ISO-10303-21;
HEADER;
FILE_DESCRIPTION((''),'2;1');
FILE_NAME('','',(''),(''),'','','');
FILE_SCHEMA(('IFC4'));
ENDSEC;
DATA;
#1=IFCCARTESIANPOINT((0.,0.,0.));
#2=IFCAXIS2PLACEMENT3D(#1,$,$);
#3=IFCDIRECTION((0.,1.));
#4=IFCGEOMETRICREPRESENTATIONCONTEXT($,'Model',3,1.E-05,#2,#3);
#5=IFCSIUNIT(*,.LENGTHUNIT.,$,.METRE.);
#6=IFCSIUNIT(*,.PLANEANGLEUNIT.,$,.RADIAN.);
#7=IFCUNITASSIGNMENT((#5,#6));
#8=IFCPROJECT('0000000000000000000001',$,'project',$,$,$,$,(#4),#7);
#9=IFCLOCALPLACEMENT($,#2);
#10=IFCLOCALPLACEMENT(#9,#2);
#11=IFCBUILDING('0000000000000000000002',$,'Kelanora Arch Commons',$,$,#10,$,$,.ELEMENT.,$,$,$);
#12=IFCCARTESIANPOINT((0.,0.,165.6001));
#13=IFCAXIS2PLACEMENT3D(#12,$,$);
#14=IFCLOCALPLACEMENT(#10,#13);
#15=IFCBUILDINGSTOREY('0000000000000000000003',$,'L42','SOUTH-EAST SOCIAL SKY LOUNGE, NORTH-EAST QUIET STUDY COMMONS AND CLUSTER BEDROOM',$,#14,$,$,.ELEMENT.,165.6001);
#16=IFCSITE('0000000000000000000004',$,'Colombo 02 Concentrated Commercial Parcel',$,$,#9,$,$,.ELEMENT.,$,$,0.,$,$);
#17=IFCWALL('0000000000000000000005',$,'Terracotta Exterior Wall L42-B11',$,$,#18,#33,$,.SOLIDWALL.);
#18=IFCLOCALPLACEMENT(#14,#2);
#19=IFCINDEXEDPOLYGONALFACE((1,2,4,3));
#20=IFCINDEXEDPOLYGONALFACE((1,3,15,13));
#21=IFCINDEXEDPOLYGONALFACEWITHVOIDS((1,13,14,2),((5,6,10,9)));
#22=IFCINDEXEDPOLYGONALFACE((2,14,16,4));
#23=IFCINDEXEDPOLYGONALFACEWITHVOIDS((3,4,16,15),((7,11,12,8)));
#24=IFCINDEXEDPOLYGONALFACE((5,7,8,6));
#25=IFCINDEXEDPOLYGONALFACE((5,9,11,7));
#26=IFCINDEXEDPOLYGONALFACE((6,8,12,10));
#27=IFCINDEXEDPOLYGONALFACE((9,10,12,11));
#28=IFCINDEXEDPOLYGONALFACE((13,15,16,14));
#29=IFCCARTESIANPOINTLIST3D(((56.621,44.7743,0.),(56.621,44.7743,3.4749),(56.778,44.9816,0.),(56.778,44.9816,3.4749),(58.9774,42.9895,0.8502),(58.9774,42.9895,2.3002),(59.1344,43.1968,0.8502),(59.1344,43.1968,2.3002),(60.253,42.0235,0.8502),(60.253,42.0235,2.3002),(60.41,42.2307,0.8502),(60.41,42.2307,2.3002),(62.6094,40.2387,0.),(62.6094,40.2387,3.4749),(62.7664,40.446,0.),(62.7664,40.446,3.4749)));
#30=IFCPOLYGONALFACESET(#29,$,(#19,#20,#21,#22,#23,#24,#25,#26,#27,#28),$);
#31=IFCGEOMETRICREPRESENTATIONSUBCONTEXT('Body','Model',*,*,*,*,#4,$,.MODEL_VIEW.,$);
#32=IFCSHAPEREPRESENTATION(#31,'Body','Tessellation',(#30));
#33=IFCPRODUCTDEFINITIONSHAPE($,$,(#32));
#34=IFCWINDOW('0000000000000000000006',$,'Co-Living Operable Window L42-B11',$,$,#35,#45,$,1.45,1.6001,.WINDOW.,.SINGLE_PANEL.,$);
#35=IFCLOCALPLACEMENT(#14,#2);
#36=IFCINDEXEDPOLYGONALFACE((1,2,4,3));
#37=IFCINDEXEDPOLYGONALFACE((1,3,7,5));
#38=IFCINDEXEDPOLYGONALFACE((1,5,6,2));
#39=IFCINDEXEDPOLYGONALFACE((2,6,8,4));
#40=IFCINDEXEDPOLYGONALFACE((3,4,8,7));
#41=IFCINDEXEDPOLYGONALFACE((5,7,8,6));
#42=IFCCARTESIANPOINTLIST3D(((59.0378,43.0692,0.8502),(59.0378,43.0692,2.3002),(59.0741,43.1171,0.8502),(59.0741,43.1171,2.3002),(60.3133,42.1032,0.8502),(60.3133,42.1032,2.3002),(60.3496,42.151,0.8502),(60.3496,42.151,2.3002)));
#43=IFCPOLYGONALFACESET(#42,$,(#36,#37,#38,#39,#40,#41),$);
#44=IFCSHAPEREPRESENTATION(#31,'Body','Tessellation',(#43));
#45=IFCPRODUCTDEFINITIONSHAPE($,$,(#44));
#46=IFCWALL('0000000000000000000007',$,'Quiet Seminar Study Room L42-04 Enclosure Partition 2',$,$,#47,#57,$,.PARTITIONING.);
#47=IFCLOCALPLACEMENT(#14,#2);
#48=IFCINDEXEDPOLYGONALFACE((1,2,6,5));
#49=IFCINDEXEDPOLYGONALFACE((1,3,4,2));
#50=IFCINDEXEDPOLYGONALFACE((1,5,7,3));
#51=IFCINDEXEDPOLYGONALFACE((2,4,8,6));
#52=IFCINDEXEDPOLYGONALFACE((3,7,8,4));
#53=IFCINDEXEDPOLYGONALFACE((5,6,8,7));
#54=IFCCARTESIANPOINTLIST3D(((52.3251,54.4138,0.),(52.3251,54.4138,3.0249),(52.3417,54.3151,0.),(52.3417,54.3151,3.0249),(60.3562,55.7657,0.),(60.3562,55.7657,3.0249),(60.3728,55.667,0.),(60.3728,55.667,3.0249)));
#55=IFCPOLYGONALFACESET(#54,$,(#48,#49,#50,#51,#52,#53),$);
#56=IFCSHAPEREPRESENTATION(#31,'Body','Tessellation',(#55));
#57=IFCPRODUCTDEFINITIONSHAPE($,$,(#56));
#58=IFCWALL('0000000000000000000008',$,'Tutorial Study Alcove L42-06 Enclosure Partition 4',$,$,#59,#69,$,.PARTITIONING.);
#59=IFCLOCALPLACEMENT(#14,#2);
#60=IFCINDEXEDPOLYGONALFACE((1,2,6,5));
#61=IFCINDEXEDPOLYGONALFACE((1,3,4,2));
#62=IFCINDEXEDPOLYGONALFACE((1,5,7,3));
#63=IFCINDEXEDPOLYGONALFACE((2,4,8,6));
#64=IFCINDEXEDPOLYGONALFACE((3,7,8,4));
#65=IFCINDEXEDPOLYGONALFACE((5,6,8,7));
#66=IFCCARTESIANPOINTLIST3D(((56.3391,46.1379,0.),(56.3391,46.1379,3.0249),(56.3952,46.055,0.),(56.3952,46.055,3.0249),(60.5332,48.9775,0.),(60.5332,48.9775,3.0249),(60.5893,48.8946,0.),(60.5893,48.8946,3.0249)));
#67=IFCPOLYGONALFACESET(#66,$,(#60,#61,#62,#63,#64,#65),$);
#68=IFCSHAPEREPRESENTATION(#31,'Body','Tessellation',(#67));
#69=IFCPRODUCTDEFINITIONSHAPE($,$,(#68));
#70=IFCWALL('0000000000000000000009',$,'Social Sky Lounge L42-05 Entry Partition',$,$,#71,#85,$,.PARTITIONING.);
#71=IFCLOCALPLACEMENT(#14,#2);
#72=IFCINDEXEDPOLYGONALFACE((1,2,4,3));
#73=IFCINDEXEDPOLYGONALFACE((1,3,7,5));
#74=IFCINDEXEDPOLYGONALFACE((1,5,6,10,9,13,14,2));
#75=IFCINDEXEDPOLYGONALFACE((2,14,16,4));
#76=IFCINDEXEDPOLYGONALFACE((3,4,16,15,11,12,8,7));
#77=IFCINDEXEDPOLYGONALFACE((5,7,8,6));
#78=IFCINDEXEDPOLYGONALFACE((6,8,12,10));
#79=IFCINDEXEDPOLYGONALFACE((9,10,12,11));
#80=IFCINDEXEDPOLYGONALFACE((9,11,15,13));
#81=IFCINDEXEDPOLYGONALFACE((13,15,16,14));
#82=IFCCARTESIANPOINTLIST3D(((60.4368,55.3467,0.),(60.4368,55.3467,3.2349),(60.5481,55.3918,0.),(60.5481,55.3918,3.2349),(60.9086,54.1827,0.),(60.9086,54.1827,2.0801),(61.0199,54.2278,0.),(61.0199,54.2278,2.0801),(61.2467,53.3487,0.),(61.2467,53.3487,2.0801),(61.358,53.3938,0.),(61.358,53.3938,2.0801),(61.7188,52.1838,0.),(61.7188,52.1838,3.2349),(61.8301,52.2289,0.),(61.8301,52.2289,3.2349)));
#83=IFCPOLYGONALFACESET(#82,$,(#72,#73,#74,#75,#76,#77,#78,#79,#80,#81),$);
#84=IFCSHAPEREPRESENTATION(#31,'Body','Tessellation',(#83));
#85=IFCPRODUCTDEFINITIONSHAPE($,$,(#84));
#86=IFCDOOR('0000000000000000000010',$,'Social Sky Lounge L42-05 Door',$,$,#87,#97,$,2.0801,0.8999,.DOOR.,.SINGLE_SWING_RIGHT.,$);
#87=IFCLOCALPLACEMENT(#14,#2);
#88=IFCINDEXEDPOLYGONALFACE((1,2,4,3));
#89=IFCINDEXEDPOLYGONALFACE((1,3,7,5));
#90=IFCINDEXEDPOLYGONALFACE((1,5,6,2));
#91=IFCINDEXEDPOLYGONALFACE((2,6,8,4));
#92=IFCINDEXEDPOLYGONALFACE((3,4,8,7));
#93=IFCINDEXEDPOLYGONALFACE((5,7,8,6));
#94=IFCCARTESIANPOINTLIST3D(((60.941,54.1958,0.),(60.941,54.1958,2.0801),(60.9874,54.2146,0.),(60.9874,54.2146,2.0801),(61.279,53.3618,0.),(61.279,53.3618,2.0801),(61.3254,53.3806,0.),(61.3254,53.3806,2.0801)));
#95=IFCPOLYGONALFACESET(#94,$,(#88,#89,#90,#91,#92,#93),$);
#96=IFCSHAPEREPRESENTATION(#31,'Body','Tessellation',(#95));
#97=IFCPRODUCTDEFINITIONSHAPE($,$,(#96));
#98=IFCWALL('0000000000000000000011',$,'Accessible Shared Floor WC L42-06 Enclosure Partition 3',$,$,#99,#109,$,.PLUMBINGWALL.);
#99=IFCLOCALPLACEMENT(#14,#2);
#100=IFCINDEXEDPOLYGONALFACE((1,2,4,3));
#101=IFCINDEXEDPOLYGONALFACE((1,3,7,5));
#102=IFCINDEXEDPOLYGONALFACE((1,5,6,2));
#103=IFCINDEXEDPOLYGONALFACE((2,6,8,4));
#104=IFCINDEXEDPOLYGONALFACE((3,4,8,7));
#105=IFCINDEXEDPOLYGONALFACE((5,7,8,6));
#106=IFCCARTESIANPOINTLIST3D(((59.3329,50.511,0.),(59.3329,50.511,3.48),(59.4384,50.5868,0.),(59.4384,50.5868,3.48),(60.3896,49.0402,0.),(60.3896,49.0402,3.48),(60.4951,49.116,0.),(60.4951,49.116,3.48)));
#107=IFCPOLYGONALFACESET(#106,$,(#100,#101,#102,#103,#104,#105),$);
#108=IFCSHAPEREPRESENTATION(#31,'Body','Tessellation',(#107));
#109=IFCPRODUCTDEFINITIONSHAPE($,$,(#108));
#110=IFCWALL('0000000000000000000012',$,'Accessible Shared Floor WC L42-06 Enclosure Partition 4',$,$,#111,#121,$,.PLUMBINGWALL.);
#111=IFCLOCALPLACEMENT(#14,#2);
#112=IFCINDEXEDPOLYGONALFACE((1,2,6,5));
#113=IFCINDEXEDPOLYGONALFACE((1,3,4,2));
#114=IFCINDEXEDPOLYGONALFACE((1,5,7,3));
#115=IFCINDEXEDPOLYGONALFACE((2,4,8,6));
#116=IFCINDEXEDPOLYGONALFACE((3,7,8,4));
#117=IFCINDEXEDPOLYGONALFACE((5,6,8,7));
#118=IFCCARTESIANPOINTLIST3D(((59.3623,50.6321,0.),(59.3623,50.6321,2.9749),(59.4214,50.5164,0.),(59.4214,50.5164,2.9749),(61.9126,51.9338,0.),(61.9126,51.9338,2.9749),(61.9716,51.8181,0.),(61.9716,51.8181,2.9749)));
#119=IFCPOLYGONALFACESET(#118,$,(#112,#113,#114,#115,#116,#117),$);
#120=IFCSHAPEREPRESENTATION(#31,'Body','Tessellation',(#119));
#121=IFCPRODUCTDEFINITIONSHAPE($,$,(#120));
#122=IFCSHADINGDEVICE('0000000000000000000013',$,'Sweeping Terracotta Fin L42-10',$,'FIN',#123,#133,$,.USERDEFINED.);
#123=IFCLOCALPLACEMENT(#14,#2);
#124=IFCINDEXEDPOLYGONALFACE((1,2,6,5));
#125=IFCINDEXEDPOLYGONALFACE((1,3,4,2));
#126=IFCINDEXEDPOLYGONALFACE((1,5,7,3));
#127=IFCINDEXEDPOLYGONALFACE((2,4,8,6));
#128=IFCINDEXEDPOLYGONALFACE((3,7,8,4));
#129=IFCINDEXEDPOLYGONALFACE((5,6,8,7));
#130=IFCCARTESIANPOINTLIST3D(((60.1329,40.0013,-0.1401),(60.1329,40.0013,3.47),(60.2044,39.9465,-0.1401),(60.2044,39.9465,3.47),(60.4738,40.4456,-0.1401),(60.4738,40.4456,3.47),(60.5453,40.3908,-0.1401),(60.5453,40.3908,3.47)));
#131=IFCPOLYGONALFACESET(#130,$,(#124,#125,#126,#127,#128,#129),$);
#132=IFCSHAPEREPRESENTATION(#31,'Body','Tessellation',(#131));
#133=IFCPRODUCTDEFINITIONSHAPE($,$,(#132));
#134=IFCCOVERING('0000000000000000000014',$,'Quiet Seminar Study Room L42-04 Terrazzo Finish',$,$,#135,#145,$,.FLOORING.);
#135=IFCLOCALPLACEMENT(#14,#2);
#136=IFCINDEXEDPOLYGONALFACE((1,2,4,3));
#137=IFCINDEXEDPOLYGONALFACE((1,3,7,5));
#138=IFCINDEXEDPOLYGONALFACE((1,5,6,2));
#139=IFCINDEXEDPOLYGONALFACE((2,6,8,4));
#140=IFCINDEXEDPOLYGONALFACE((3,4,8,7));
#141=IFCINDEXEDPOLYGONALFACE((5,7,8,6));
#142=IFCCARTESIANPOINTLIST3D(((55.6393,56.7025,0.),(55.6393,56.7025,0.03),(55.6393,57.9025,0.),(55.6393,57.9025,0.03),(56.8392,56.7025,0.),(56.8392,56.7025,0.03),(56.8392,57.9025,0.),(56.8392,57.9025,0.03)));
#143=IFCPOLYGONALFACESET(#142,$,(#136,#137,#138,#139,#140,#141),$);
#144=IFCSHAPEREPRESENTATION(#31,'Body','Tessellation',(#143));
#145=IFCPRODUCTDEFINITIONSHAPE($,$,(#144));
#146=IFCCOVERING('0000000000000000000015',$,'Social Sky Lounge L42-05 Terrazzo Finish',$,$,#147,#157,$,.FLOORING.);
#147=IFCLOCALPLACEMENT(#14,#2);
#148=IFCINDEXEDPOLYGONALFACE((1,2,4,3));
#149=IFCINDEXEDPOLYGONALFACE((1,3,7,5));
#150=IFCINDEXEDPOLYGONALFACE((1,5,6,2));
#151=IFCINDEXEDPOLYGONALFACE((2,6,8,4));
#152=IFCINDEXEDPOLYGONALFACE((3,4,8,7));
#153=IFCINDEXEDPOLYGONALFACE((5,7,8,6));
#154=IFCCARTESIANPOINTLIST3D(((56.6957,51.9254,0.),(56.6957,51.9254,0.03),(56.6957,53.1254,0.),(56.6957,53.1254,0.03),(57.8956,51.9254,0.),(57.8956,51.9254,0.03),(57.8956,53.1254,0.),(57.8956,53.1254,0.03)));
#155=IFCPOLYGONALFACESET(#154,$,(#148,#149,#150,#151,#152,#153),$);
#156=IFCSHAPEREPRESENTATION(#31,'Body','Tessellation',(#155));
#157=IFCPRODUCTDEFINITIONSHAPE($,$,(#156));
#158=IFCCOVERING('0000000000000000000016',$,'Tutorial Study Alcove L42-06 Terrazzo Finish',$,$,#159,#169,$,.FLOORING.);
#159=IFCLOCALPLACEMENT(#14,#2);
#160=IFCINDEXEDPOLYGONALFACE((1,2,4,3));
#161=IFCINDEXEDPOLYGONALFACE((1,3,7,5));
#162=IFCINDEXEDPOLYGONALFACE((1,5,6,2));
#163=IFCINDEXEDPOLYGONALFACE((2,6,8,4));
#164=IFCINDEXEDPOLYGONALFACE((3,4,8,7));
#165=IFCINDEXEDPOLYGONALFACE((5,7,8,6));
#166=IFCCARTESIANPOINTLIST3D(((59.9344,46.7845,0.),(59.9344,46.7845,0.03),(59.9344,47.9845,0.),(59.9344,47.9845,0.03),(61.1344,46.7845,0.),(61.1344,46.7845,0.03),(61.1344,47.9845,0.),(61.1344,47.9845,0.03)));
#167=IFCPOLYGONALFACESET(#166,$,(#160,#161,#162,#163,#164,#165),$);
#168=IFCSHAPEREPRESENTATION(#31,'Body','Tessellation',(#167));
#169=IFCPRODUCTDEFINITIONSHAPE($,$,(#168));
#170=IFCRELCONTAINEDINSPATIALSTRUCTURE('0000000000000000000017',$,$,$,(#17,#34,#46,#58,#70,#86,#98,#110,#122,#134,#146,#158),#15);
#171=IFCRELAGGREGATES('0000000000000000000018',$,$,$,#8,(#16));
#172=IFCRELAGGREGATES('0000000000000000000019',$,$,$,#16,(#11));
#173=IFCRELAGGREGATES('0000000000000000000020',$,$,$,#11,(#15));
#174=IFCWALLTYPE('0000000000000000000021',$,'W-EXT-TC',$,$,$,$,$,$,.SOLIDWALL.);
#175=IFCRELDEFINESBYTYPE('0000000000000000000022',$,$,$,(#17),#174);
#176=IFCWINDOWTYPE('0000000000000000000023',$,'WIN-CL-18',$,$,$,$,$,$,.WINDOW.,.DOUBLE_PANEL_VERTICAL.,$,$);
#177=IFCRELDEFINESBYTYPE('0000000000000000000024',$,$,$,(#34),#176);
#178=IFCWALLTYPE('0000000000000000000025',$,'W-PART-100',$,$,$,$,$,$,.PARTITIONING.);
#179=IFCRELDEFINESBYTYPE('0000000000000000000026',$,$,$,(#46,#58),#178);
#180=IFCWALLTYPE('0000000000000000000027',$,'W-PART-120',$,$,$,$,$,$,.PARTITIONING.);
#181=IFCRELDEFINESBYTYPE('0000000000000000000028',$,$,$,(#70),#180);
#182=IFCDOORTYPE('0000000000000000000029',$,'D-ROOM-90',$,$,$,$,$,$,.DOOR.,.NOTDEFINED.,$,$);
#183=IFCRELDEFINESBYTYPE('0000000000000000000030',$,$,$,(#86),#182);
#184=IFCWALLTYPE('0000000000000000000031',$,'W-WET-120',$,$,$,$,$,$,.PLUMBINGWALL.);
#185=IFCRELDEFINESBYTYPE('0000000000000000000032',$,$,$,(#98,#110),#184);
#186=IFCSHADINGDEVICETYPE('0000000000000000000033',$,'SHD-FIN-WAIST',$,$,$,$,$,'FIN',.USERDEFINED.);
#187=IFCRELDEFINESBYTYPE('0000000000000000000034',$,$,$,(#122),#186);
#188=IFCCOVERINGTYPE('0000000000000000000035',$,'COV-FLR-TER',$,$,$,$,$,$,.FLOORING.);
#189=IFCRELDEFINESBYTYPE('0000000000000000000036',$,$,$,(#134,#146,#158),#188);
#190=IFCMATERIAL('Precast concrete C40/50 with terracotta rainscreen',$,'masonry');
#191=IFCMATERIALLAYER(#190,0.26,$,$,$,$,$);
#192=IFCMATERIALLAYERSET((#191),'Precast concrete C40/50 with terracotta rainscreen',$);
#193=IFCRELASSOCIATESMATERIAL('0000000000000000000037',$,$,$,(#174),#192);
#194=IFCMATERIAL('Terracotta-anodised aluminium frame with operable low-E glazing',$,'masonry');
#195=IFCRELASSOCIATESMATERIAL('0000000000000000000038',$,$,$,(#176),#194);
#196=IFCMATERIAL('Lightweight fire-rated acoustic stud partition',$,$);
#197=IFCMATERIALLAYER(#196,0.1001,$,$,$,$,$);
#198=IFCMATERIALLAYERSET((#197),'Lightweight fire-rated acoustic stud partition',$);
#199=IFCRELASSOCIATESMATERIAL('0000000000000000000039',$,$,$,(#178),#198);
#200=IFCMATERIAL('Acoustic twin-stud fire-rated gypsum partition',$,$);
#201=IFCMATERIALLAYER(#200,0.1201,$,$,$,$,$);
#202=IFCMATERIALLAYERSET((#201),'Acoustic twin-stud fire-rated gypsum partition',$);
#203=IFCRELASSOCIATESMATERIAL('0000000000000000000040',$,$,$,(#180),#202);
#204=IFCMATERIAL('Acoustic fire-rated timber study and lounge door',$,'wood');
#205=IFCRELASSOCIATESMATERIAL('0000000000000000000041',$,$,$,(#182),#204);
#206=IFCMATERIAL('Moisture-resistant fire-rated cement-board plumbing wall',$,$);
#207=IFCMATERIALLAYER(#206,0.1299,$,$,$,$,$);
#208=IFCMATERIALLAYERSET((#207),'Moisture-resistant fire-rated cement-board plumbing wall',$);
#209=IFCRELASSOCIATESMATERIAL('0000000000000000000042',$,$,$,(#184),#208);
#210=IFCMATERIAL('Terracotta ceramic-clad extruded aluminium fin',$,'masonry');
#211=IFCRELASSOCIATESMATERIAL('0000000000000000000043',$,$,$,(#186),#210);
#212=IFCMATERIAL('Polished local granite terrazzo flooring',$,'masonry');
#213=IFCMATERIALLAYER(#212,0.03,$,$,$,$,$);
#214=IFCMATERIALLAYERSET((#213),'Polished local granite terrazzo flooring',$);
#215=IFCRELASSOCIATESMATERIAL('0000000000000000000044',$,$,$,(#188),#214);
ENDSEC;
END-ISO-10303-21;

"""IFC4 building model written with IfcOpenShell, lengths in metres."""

from ifc_helpers import new_model, si_unit, direction, frame, frame_2d, origin, origin_2d, place, context, subcontext, project, spatial, rectangle, extrude, source, transform, mapped, material, layer, layer_set, type_object, element, fill, save


model = new_model("IFC4")

# Units and contexts
model_context = context("Model", 3, precision=1e-05, world=origin(), true_north=direction((0.0, 1.0)))
body_context = subcontext(model_context, "Body", "Model", "MODEL_VIEW")
ifc_project = project(units=[si_unit("LENGTHUNIT", "METRE"), si_unit("PLANEANGLEUNIT", "RADIAN")], contexts=[model_context])

# Site, building, storey
site_placement = place(None, origin())
site = spatial("IfcSite", under=ifc_project, at=site_placement, Name="Colombo 02 Concentrated Commercial Parcel", CompositionType="ELEMENT", RefElevation=0.0)
building_placement = place(site_placement, origin())
building = spatial("IfcBuilding", under=site, at=building_placement, Name="Kelanora Arch Commons", CompositionType="ELEMENT")
storey_placement = place(building_placement, frame((0.0, 0.0, 165.6001)))
storey = spatial("IfcBuildingStorey", under=building, at=storey_placement, Name="L42", Description="SOUTH-EAST SOCIAL SKY LOUNGE, NORTH-EAST QUIET STUDY COMMONS AND CLUSTER BEDROOM", CompositionType="ELEMENT", Elevation=165.6001)

# Wall, opening, window
ifc_material_1 = material(Name="Precast concrete C40/50 with terracotta rainscreen", Category="masonry")
ifc_layer_1 = layer(ifc_material_1, 0.26)
ifc_layer_set_1 = layer_set([ifc_layer_1], Name="Precast concrete C40/50 with terracotta rainscreen")
wall_type_1 = type_object("IfcWallType", Name="W-EXT-TC", PredefinedType="SOLIDWALL", material=ifc_layer_set_1)
wall_1_placement = place(storey_placement, frame((56.6995, 44.8779, 0.0), z_axis=(0.0, 0.0, 1.0), x_axis=(0.797164, -0.603763, 0.0)))
wall_1 = element("IfcWall", 1, at=wall_1_placement, inside=storey, type_object=wall_type_1, Name="Terracotta Exterior Wall L42-B11", PredefinedType="SOLIDWALL", context=body_context, shape_type="SweptSolid", body=[
    extrude(rectangle(XDim=7.5122, YDim=0.26, at=frame_2d((3.7561, 0.0))), origin(), (0.0, 0.0, 1.0), 3.4749),
])
opening_1_placement = place(wall_1_placement, frame((2.9561, 0.0, 0.8501)))
opening_1 = element("IfcOpeningElement", 2, at=opening_1_placement, cuts=wall_1, PredefinedType="OPENING", context=body_context, shape_type="SweptSolid", body=[
    extrude(rectangle(XDim=1.6001, YDim=1.45, at=frame_2d((0.8, 0.7251))), frame((0.0, 0.1401, 0.0), z_axis=(0.0, -1.0, 0.0), x_axis=(1.0, 0.0, 0.0)), (0.0, 0.0, 1.0), 0.28),
])
ifc_material_2 = material(Name="Terracotta-anodised aluminium frame with operable low-E glazing", Category="masonry")
window_type = type_object("IfcWindowType", Name="WIN-CL-18", PartitioningType="DOUBLE_PANEL_VERTICAL", PredefinedType="WINDOW", material=ifc_material_2)
window_placement = place(opening_1_placement, origin())
window = element("IfcWindow", 3, at=window_placement, inside=storey, type_object=window_type, Name="Co-Living Operable Window L42-B11", OverallHeight=1.45, OverallWidth=1.6001, PartitioningType="SINGLE_PANEL", PredefinedType="WINDOW", context=body_context, shape_type="SweptSolid", body=[
    extrude(rectangle(XDim=1.6001, YDim=1.45, at=frame_2d((0.8, 0.7251))), frame((0.0, 0.03, 0.0), z_axis=(0.0, -1.0, 0.0), x_axis=(1.0, 0.0, 0.0)), (0.0, 0.0, 1.0), 0.0601),
])
fill(opening_1, window)

# Walls
ifc_material_3 = material(Name="Lightweight fire-rated acoustic stud partition")
ifc_layer_2 = layer(ifc_material_3, 0.1001)
ifc_layer_set_2 = layer_set([ifc_layer_2], Name="Lightweight fire-rated acoustic stud partition")
wall_type_2 = type_object("IfcWallType", Name="W-PART-100", PredefinedType="PARTITIONING", material=ifc_layer_set_2)
wall_2_placement = place(storey_placement, frame((60.3645, 55.7163, 0.0), z_axis=(0.0, 0.0, 1.0), x_axis=(-0.986128, -0.165988, 0.0)))
element("IfcWall", 4, at=wall_2_placement, inside=storey, type_object=wall_type_2, Name="Quiet Seminar Study Room L42-04 Enclosure Partition 2", PredefinedType="PARTITIONING", context=body_context, shape_type="SweptSolid", body=[
    extrude(rectangle(XDim=8.144, YDim=0.1001, at=frame_2d((4.072, 0.0))), origin(), (0.0, 0.0, 1.0), 3.0249),
])
wall_3_placement = place(storey_placement, frame((56.3672, 46.0964, 0.0), z_axis=(0.0, 0.0, 1.0), x_axis=(0.828062, 0.560637, 0.0)))
element("IfcWall", 5, at=wall_3_placement, inside=storey, type_object=wall_type_2, Name="Tutorial Study Alcove L42-06 Enclosure Partition 4", PredefinedType="PARTITIONING", context=body_context, shape_type="SweptSolid", body=[
    extrude(rectangle(XDim=5.0649, YDim=0.1001, at=frame_2d((2.5325, 0.0))), origin(), (0.0, 0.0, 1.0), 3.0249),
])

# Wall, opening, door
ifc_material_4 = material(Name="Acoustic twin-stud fire-rated gypsum partition")
ifc_layer_3 = layer(ifc_material_4, 0.1201)
ifc_layer_set_3 = layer_set([ifc_layer_3], Name="Acoustic twin-stud fire-rated gypsum partition")
wall_type_3 = type_object("IfcWallType", Name="W-PART-120", PredefinedType="PARTITIONING", material=ifc_layer_set_3)
wall_4_placement = place(storey_placement, frame((60.4924, 55.3694, 0.0), z_axis=(0.0, 0.0, 1.0), x_axis=(0.375642, -0.926765, 0.0)))
wall_4 = element("IfcWall", 6, at=wall_4_placement, inside=storey, type_object=wall_type_3, Name="Social Sky Lounge L42-05 Entry Partition", PredefinedType="PARTITIONING", context=body_context, shape_type="SweptSolid", body=[
    extrude(rectangle(XDim=3.4128, YDim=0.1201, at=frame_2d((1.7065, 0.0))), origin(), (0.0, 0.0, 1.0), 3.2349),
])
opening_2_placement = place(wall_4_placement, frame((1.2561, 0.0, 0.0)))
opening_2 = element("IfcOpeningElement", 7, at=opening_2_placement, cuts=wall_4, PredefinedType="OPENING", context=body_context, shape_type="SweptSolid", body=[
    extrude(rectangle(XDim=0.8999, YDim=2.0801, at=frame_2d((0.45, 1.04))), frame((0.0, 0.0701, 0.0), z_axis=(0.0, -1.0, 0.0), x_axis=(1.0, 0.0, 0.0)), (0.0, 0.0, 1.0), 0.1401),
])
ifc_material_5 = material(Name="Acoustic fire-rated timber study and lounge door", Category="wood")
door_type = type_object("IfcDoorType", Name="D-ROOM-90", OperationType="NOTDEFINED", PredefinedType="DOOR", material=ifc_material_5)
door_placement = place(opening_2_placement, origin())
door = element("IfcDoor", 8, at=door_placement, inside=storey, type_object=door_type, Name="Social Sky Lounge L42-05 Door", OperationType="SINGLE_SWING_RIGHT", OverallHeight=2.0801, OverallWidth=0.8999, PredefinedType="DOOR", context=body_context, shape_type="SweptSolid", body=[
    extrude(rectangle(XDim=0.8999, YDim=2.0801, at=frame_2d((0.45, 1.04))), frame((0.0, 0.0249, 0.0), z_axis=(0.0, -1.0, 0.0), x_axis=(1.0, 0.0, 0.0)), (0.0, 0.0, 1.0), 0.05),
])
fill(opening_2, door)

# Walls
ifc_material_6 = material(Name="Moisture-resistant fire-rated cement-board plumbing wall")
ifc_layer_4 = layer(ifc_material_6, 0.1299)
ifc_layer_set_4 = layer_set([ifc_layer_4], Name="Moisture-resistant fire-rated cement-board plumbing wall")
wall_type_4 = type_object("IfcWallType", Name="W-WET-120", PredefinedType="PLUMBINGWALL", material=ifc_layer_set_4)
wall_5_placement = place(storey_placement, frame((60.4424, 49.0781, 0.0), z_axis=(0.0, 0.0, 1.0), x_axis=(-0.58348, 0.812127, 0.0)))
element("IfcWall", 9, at=wall_5_placement, inside=storey, type_object=wall_type_4, Name="Accessible Shared Floor WC L42-06 Enclosure Partition 3", PredefinedType="PLUMBINGWALL", context=body_context, shape_type="SweptSolid", body=[
    extrude(rectangle(XDim=1.811, YDim=0.1299, at=frame_2d((0.9055, 0.0))), origin(), (0.0, 0.0, 1.0), 3.48),
])
wall_6_placement = place(storey_placement, frame((59.3918, 50.5742, 0.0), z_axis=(0.0, 0.0, 1.0), x_axis=(0.890679, 0.454633, 0.0)))
element("IfcWall", 10, at=wall_6_placement, inside=storey, type_object=wall_type_4, Name="Accessible Shared Floor WC L42-06 Enclosure Partition 4", PredefinedType="PLUMBINGWALL", context=body_context, shape_type="SweptSolid", body=[
    extrude(rectangle(XDim=2.8633, YDim=0.1299, at=frame_2d((1.4316, 0.0))), origin(), (0.0, 0.0, 1.0), 2.9749),
])

# Shading device
ifc_material_7 = material(Name="Terracotta ceramic-clad extruded aluminium fin", Category="masonry")
shading_device_type = type_object("IfcShadingDeviceType", Name="SHD-FIN-WAIST", ElementType="FIN", PredefinedType="USERDEFINED", material=ifc_material_7)
shared_shape_1 = source(origin(), body_context, "Body", "SweptSolid", [
    extrude(rectangle(XDim=0.5601, YDim=0.0901, at=origin_2d()), origin(), (0.0, 0.0, 1.0), 3.6101),
])
shading_device_placement = place(storey_placement, frame((60.3391, 40.196, -0.1401), z_axis=(0.0, 0.0, 1.0), x_axis=(-0.608761, -0.793353, 0.0)))
element("IfcShadingDevice", 11, at=shading_device_placement, inside=storey, type_object=shading_device_type, Name="Sweeping Terracotta Fin L42-10", ObjectType="FIN", PredefinedType="USERDEFINED", context=body_context, shape_type="MappedRepresentation", body=[
    mapped(shared_shape_1, transform((0.0, 0.0, 0.0), scale=1.0)),
])

# Coverings
ifc_material_8 = material(Name="Polished local granite terrazzo flooring", Category="masonry")
ifc_layer_5 = layer(ifc_material_8, 0.03)
ifc_layer_set_5 = layer_set([ifc_layer_5], Name="Polished local granite terrazzo flooring")
covering_type = type_object("IfcCoveringType", Name="COV-FLR-TER", PredefinedType="FLOORING", material=ifc_layer_set_5)
shared_shape_2 = source(origin(), body_context, "Body", "SweptSolid", [
    extrude(rectangle(XDim=1.2, YDim=1.2, at=origin_2d()), origin(), (0.0, 0.0, 1.0), 0.03),
])
for number, where, z_axis, x_axis, name in (
    (12, (56.2393, 57.3025, 0.0), (0.0, 0.0, 1.0), (1.0, 0.0, 0.0), "Quiet Seminar Study Room L42-04 Terrazzo Finish"),
    (13, (57.2957, 52.5254, 0.0), (0.0, 0.0, 1.0), (1.0, 0.0, 0.0), "Social Sky Lounge L42-05 Terrazzo Finish"),
    (14, (60.5344, 47.3845, 0.0), (0.0, 0.0, 1.0), (1.0, 0.0, 0.0), "Tutorial Study Alcove L42-06 Terrazzo Finish"),
):
    element("IfcCovering", number, at=place(storey_placement, frame(where, z_axis=z_axis, x_axis=x_axis)), inside=storey, type_object=covering_type, Name=name, PredefinedType="FLOORING", context=body_context, shape_type="MappedRepresentation", body=[
        mapped(shared_shape_2, transform((0.0, 0.0, 0.0), scale=1.0)),
    ])

save(model, "model.ifc")
